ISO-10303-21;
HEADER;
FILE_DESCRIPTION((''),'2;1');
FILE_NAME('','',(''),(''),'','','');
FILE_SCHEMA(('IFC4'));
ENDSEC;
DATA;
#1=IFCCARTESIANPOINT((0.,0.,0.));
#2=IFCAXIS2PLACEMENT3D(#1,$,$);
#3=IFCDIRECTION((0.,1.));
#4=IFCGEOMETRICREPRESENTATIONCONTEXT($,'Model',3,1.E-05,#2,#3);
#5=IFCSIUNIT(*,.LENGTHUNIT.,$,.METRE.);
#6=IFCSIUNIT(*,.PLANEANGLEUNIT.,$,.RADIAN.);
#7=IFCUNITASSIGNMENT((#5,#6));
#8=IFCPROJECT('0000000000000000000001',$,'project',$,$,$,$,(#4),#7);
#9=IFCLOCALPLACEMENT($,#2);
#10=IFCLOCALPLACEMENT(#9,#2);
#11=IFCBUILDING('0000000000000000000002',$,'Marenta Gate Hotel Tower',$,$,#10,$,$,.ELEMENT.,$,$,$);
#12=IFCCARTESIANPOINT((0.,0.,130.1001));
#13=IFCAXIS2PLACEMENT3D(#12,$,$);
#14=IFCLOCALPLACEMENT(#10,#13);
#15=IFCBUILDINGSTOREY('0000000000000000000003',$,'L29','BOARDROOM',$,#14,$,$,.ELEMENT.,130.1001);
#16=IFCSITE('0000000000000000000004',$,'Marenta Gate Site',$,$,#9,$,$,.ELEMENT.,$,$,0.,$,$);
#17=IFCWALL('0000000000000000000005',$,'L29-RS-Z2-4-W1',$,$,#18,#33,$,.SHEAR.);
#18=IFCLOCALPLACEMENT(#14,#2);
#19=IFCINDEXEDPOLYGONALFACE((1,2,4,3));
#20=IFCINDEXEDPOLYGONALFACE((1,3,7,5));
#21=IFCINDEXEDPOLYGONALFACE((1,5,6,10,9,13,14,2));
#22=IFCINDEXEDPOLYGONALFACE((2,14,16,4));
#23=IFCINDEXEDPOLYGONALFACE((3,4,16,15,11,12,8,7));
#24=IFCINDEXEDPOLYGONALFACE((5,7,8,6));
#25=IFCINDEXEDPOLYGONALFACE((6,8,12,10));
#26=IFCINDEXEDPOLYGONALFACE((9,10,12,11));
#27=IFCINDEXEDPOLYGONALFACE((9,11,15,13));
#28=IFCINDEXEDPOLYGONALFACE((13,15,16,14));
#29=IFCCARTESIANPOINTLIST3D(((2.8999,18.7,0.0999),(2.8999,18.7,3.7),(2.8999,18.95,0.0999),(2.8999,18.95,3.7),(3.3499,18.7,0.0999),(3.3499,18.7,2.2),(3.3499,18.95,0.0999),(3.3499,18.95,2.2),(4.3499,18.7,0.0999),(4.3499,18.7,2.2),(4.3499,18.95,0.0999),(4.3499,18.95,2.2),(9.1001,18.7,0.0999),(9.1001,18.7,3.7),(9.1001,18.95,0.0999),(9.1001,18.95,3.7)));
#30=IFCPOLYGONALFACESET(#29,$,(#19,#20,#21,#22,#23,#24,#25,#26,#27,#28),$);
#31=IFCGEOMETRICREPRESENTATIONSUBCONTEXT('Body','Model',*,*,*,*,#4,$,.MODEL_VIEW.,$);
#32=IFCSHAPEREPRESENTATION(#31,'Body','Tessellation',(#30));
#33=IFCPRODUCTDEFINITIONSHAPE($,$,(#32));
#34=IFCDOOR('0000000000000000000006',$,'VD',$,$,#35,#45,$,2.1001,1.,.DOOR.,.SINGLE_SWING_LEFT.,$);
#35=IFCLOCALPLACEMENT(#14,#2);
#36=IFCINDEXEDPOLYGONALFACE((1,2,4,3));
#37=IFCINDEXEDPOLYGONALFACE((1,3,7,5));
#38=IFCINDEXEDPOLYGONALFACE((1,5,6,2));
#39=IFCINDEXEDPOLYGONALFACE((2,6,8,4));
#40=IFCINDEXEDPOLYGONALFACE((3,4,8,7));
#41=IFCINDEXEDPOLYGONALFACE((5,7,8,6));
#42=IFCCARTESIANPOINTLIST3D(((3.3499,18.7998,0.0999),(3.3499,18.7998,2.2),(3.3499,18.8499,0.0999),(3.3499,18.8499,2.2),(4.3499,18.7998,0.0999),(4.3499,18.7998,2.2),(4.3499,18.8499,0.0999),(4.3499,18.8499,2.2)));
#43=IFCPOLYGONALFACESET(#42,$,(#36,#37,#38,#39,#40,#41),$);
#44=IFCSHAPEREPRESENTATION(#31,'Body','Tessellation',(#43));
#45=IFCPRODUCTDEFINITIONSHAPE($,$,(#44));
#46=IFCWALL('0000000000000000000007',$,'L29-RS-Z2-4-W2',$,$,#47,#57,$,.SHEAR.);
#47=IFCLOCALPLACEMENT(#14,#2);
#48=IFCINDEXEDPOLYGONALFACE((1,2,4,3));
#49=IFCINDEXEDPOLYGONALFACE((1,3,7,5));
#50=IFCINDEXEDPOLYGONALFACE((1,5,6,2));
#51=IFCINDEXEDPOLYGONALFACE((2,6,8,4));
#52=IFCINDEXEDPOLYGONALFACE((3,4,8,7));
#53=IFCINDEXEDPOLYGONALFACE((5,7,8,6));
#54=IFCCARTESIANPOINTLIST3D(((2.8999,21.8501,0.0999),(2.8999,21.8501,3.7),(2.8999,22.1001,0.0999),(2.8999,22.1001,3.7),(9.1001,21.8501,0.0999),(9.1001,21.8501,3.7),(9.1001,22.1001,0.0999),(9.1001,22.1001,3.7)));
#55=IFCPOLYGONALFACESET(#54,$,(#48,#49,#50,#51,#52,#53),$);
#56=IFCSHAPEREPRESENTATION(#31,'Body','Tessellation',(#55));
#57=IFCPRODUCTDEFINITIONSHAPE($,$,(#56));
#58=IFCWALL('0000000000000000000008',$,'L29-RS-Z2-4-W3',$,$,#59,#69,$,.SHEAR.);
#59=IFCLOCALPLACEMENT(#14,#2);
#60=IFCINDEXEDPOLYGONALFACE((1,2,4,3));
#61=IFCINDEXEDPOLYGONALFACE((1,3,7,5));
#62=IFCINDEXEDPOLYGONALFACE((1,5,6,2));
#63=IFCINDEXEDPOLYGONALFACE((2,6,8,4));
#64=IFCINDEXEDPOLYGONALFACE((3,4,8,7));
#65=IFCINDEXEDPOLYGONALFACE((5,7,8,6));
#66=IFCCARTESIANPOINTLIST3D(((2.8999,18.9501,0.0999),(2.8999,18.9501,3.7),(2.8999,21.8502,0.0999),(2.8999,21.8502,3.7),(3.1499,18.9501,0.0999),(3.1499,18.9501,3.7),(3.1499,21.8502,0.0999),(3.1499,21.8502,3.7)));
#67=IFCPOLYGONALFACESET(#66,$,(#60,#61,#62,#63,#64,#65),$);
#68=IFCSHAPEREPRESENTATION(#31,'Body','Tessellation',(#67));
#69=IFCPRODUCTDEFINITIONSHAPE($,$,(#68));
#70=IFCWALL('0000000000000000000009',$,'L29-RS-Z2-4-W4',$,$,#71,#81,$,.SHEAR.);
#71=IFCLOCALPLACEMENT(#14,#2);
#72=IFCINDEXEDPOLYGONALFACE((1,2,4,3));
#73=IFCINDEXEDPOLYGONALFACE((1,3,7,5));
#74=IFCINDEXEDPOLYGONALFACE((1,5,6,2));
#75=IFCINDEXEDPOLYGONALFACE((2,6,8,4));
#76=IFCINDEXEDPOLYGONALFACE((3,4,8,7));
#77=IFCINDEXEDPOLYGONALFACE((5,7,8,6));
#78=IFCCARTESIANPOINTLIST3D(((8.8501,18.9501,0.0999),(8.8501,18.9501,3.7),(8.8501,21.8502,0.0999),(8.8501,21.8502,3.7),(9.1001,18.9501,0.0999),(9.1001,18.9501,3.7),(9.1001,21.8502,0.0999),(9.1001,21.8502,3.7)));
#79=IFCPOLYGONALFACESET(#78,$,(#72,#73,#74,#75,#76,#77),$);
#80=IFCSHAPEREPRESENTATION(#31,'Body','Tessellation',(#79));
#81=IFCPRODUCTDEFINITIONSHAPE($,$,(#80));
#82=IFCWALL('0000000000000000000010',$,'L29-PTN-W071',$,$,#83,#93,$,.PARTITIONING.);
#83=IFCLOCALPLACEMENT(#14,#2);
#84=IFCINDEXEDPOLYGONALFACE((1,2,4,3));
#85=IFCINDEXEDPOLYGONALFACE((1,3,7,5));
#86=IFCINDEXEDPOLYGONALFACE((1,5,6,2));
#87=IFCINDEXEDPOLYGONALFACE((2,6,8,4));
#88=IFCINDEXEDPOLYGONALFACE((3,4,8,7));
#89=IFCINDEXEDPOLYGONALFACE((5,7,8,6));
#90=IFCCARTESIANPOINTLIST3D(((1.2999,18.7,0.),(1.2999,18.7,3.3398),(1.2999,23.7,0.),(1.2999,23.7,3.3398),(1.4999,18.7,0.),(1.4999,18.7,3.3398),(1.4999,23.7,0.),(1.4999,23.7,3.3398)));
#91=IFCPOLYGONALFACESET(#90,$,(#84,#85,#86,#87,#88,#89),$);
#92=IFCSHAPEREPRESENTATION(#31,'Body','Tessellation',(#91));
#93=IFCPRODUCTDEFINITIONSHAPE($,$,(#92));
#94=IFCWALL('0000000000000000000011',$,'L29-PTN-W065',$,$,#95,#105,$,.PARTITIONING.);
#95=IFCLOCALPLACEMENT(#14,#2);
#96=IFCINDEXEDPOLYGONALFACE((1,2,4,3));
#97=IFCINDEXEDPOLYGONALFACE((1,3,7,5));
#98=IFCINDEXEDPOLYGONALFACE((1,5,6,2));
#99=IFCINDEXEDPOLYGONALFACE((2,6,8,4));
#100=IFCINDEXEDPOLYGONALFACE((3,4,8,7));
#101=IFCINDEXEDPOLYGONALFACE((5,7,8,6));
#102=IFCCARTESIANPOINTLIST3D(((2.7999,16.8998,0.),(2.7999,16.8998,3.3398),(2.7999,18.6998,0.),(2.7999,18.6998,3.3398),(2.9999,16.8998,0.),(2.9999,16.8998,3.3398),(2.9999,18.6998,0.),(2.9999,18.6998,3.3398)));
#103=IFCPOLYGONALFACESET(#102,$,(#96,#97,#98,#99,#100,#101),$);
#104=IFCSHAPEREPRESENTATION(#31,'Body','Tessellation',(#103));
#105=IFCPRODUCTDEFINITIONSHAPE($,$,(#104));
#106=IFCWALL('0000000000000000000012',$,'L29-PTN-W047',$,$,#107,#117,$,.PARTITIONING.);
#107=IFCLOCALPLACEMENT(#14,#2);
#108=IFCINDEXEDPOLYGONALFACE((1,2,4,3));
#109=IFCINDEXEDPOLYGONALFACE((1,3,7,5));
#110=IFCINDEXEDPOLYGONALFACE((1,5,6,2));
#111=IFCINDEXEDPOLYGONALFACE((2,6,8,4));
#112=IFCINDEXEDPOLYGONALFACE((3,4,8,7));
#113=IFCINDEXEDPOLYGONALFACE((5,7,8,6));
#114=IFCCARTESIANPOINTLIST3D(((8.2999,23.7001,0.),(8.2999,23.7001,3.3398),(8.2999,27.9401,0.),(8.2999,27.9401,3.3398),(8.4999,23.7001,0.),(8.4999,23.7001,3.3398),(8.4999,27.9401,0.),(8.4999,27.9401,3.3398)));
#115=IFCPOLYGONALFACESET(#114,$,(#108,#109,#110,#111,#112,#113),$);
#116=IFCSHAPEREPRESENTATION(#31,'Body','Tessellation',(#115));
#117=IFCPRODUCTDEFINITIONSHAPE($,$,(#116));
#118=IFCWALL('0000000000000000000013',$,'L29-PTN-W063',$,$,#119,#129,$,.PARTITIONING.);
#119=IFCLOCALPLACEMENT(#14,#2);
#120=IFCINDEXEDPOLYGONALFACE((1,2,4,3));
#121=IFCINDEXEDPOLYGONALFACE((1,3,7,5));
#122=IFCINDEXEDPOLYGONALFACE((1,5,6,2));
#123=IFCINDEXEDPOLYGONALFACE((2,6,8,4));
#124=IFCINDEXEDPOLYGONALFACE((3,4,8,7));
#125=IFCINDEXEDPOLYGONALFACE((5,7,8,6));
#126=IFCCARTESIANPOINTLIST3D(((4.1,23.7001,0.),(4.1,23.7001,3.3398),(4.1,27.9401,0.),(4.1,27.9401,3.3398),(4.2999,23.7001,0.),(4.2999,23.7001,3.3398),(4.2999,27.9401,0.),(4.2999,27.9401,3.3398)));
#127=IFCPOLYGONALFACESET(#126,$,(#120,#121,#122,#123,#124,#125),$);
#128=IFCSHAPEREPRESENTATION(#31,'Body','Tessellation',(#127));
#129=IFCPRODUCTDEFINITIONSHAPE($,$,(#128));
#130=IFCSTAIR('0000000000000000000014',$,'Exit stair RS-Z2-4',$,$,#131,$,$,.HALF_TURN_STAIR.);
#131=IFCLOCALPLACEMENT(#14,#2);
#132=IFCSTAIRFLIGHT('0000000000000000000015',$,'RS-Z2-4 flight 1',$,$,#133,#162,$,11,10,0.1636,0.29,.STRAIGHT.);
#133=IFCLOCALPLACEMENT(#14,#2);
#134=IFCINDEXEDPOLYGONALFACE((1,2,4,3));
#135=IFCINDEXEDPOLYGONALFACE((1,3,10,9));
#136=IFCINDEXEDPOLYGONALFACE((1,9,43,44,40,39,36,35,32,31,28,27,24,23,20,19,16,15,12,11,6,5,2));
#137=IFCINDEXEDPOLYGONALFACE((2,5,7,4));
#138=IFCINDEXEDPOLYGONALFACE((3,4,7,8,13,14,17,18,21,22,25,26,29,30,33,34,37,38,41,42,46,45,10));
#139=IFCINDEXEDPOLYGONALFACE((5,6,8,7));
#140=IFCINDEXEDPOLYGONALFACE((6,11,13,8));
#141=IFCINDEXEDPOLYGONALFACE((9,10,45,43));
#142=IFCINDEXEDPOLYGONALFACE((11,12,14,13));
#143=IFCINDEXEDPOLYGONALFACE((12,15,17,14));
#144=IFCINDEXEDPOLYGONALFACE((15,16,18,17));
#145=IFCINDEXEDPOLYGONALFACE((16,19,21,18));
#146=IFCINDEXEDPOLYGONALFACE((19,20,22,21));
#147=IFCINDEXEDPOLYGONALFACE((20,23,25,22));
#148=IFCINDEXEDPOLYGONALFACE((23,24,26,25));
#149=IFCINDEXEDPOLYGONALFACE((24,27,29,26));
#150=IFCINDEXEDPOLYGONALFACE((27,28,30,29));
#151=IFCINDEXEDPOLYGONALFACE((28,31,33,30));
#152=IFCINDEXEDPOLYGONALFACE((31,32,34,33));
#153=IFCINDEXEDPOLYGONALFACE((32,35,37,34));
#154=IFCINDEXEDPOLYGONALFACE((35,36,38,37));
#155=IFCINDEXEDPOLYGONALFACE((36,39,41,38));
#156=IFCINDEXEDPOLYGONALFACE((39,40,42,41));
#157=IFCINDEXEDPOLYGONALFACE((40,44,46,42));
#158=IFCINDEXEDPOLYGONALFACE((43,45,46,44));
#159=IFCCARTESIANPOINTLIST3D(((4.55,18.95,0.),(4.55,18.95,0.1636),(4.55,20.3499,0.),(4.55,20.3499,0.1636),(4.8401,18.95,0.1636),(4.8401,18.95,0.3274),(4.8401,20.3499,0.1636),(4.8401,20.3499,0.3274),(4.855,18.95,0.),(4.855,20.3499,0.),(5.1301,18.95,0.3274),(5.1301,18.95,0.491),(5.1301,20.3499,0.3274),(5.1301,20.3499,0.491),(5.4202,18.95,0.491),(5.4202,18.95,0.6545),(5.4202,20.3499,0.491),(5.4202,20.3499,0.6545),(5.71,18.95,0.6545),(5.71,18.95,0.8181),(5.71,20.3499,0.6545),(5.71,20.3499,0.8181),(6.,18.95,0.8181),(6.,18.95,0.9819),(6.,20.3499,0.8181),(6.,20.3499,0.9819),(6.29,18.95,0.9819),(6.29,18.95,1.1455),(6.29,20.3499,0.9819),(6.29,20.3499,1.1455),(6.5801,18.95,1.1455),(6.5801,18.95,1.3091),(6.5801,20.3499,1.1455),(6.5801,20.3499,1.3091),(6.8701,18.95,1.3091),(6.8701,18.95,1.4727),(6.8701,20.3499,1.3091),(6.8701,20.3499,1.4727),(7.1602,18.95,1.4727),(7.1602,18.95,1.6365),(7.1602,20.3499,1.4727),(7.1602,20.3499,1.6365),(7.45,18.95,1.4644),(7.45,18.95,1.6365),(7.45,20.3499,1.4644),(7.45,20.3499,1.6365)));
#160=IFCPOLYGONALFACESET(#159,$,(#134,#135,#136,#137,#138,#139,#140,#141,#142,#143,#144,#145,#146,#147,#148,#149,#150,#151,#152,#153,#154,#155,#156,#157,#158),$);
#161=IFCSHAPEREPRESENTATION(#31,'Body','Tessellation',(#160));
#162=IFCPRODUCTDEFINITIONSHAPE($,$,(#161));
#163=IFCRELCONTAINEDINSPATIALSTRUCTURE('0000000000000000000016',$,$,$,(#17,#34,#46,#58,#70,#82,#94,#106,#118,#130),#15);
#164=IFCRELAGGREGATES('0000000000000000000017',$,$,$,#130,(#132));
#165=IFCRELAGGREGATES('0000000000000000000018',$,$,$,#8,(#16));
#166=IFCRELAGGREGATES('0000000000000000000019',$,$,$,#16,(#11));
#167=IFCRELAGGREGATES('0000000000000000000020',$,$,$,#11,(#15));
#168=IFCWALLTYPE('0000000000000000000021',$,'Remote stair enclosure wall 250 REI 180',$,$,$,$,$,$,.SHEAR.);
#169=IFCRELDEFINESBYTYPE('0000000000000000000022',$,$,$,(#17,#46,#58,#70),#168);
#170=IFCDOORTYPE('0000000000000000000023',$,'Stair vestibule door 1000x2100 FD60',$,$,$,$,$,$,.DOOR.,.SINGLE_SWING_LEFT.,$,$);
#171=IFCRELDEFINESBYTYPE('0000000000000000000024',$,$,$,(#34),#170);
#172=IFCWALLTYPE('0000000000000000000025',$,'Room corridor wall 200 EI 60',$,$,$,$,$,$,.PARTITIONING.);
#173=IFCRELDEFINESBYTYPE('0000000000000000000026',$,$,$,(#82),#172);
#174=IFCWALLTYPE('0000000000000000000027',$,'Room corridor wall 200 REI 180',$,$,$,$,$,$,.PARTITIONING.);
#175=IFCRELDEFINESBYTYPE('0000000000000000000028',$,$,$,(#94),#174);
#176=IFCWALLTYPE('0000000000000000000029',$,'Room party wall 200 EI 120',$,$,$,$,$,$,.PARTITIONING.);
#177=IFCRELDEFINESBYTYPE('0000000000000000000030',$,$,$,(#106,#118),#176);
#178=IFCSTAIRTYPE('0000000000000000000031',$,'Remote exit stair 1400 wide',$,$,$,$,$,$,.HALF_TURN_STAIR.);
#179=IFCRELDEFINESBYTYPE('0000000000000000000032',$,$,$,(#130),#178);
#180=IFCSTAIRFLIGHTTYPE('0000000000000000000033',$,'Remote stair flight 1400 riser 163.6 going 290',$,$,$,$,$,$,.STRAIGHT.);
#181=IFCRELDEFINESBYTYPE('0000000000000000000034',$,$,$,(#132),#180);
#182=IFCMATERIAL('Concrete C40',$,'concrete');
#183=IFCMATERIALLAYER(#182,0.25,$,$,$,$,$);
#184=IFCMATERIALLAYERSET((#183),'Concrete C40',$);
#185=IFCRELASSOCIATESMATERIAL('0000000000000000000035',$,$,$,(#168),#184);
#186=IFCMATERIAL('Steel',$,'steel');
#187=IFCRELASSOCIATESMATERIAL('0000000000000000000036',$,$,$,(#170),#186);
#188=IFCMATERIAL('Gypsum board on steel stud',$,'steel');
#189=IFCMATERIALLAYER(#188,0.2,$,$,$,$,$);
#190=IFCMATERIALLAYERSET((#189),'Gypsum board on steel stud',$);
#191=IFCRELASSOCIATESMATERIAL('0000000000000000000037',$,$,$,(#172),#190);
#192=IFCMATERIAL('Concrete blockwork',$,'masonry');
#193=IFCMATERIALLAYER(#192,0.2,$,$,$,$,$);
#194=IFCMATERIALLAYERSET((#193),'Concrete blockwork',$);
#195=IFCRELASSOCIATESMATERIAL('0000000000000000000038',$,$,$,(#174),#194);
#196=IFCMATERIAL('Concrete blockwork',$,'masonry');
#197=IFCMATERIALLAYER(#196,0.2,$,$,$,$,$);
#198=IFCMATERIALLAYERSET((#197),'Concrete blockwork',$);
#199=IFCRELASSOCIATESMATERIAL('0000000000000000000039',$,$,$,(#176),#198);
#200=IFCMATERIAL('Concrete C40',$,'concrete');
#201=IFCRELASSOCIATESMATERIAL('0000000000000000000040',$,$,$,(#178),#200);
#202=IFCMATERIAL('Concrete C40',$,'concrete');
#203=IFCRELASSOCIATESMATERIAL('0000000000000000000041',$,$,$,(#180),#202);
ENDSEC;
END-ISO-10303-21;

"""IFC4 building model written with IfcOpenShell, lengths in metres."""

from ifc_helpers import new_model, si_unit, direction, frame, frame_2d, origin, place, context, subcontext, project, spatial, polyline, rectangle, outline, extrude, material, layer, layer_set, type_object, element, fill, aggregate, save


model = new_model("IFC4")

# Units and contexts
model_context = context("Model", 3, precision=1e-05, world=origin(), true_north=direction((0.0, 1.0)))
body_context = subcontext(model_context, "Body", "Model", "MODEL_VIEW")
ifc_project = project(units=[si_unit("LENGTHUNIT", "METRE"), si_unit("PLANEANGLEUNIT", "RADIAN")], contexts=[model_context])

# Site, building, storey
site_placement = place(None, origin())
site = spatial("IfcSite", under=ifc_project, at=site_placement, Name="Marenta Gate Site", CompositionType="ELEMENT", RefElevation=0.0)
building_placement = place(site_placement, origin())
building = spatial("IfcBuilding", under=site, at=building_placement, Name="Marenta Gate Hotel Tower", CompositionType="ELEMENT")
storey_placement = place(building_placement, frame((0.0, 0.0, 130.1001)))
storey = spatial("IfcBuildingStorey", under=building, at=storey_placement, Name="L29", Description="BOARDROOM", CompositionType="ELEMENT", Elevation=130.1001)

# Wall, opening, door
ifc_material_1 = material(Name="Concrete C40", Category="concrete")
ifc_layer_1 = layer(ifc_material_1, 0.25)
ifc_layer_set_1 = layer_set([ifc_layer_1], Name="Concrete C40")
wall_type_1 = type_object("IfcWallType", Name="Remote stair enclosure wall 250 REI 180", PredefinedType="SHEAR", material=ifc_layer_set_1)
wall_1_placement = place(storey_placement, frame((2.8999, 18.825, 0.0999), z_axis=(0.0, 0.0, 1.0), x_axis=(1.0, 0.0, 0.0)))
wall_1 = element("IfcWall", 1, at=wall_1_placement, inside=storey, type_object=wall_type_1, Name="L29-RS-Z2-4-W1", PredefinedType="SHEAR", context=body_context, shape_type="SweptSolid", body=[
    extrude(rectangle(XDim=6.2002, YDim=0.25, at=frame_2d((3.1001, 0.0))), origin(), (0.0, 0.0, 1.0), 3.6001),
])
opening_1_placement = place(wall_1_placement, frame((0.45, 0.0, 0.0)))
opening_1 = element("IfcOpeningElement", 2, at=opening_1_placement, cuts=wall_1, PredefinedType="OPENING", context=body_context, shape_type="SweptSolid", body=[
    extrude(rectangle(XDim=1.0, YDim=2.1001, at=frame_2d((0.5, 1.05))), frame((0.0, 0.125, 0.0), z_axis=(0.0, -1.0, 0.0), x_axis=(1.0, 0.0, 0.0)), (0.0, 0.0, 1.0), 0.25),
])
ifc_material_2 = material(Name="Steel", Category="steel")
door_type_1 = type_object("IfcDoorType", Name="Stair vestibule door 1000x2100 FD60", OperationType="SINGLE_SWING_LEFT", PredefinedType="DOOR", material=ifc_material_2)
door_1_placement = place(opening_1_placement, origin())
door_1 = element("IfcDoor", 3, at=door_1_placement, inside=storey, type_object=door_type_1, Name="VD", OperationType="SINGLE_SWING_LEFT", OverallHeight=2.1001, OverallWidth=1.0, PredefinedType="DOOR", context=body_context, shape_type="SweptSolid", body=[
    extrude(rectangle(XDim=1.0, YDim=2.1001, at=frame_2d((0.5, 1.05))), frame((0.0, 0.0249, 0.0), z_axis=(0.0, -1.0, 0.0), x_axis=(1.0, 0.0, 0.0)), (0.0, 0.0, 1.0), 0.05),
])
fill(opening_1, door_1)

# Walls
wall_2_placement = place(storey_placement, frame((2.8999, 21.9751, 0.0999), z_axis=(0.0, 0.0, 1.0), x_axis=(1.0, 0.0, 0.0)))
element("IfcWall", 4, at=wall_2_placement, inside=storey, type_object=wall_type_1, Name="L29-RS-Z2-4-W2", PredefinedType="SHEAR", context=body_context, shape_type="SweptSolid", body=[
    extrude(rectangle(XDim=6.2002, YDim=0.25, at=frame_2d((3.1001, 0.0))), origin(), (0.0, 0.0, 1.0), 3.6001),
])
for number, where, z_axis, x_axis, name in (
    (5, (3.0249, 18.95, 0.0999), (0.0, 0.0, 1.0), (0.0, 1.0, 0.0), "L29-RS-Z2-4-W3"),
    (6, (8.9751, 18.95, 0.0999), (0.0, 0.0, 1.0), (0.0, 1.0, 0.0), "L29-RS-Z2-4-W4"),
):
    element("IfcWall", number, at=place(storey_placement, frame(where, z_axis=z_axis, x_axis=x_axis)), inside=storey, type_object=wall_type_1, Name=name, PredefinedType="SHEAR", context=body_context, shape_type="SweptSolid", body=[
        extrude(rectangle(XDim=2.9001, YDim=0.25, at=frame_2d((1.4502, 0.0))), origin(), (0.0, 0.0, 1.0), 3.6001),
    ])

# Shared definitions
ifc_material_3 = material(Name="Gypsum board on steel stud", Category="steel")
ifc_layer_2 = layer(ifc_material_3, 0.2)
ifc_layer_set_2 = layer_set([ifc_layer_2], Name="Gypsum board on steel stud")
wall_type_2 = type_object("IfcWallType", Name="Room corridor wall 200 EI 60", PredefinedType="PARTITIONING", material=ifc_layer_set_2)

# Wall
wall_3_placement = place(storey_placement, frame((1.3999, 18.7, 0.0), z_axis=(0.0, 0.0, 1.0), x_axis=(0.0, 1.0, 0.0)))
element("IfcWall", 7, at=wall_3_placement, inside=storey, type_object=wall_type_2, Name="L29-PTN-W071", PredefinedType="PARTITIONING", context=body_context, shape_type="SweptSolid", body=[
    extrude(rectangle(XDim=5.0, YDim=0.2, at=frame_2d((2.5, 0.0))), origin(), (0.0, 0.0, 1.0), 3.3398),
])

# Shared definitions
ifc_material_4 = material(Name="Concrete blockwork", Category="masonry")
ifc_layer_3 = layer(ifc_material_4, 0.2)
ifc_layer_set_3 = layer_set([ifc_layer_3], Name="Concrete blockwork")
wall_type_3 = type_object("IfcWallType", Name="Room corridor wall 200 REI 180", PredefinedType="PARTITIONING", material=ifc_layer_set_3)

# Walls
wall_4_placement = place(storey_placement, frame((2.8999, 16.8999, 0.0), z_axis=(0.0, 0.0, 1.0), x_axis=(0.0, 1.0, 0.0)))
element("IfcWall", 8, at=wall_4_placement, inside=storey, type_object=wall_type_3, Name="L29-PTN-W065", PredefinedType="PARTITIONING", context=body_context, shape_type="SweptSolid", body=[
    extrude(rectangle(XDim=1.8, YDim=0.2, at=frame_2d((0.8999, 0.0))), origin(), (0.0, 0.0, 1.0), 3.3398),
])
ifc_material_5 = material(Name="Concrete blockwork", Category="masonry")
ifc_layer_4 = layer(ifc_material_5, 0.2)
ifc_layer_set_4 = layer_set([ifc_layer_4], Name="Concrete blockwork")
wall_type_4 = type_object("IfcWallType", Name="Room party wall 200 EI 120", PredefinedType="PARTITIONING", material=ifc_layer_set_4)
for number, where, z_axis, x_axis, name in (
    (9, (8.3999, 23.7, 0.0), (0.0, 0.0, 1.0), (0.0, 1.0, 0.0), "L29-PTN-W047"),
    (10, (4.2, 23.7, 0.0), (0.0, 0.0, 1.0), (0.0, 1.0, 0.0), "L29-PTN-W063"),
):
    element("IfcWall", number, at=place(storey_placement, frame(where, z_axis=z_axis, x_axis=x_axis)), inside=storey, type_object=wall_type_4, Name=name, PredefinedType="PARTITIONING", context=body_context, shape_type="SweptSolid", body=[
        extrude(rectangle(XDim=4.24, YDim=0.2, at=frame_2d((2.1201, 0.0))), origin(), (0.0, 0.0, 1.0), 3.3398),
    ])

# Stair, stair flight
ifc_material_6 = material(Name="Concrete C40", Category="concrete")
stair_type = type_object("IfcStairType", Name="Remote exit stair 1400 wide", PredefinedType="HALF_TURN_STAIR", material=ifc_material_6)
stair_placement = place(storey_placement, origin())
stair = element("IfcStair", 11, at=stair_placement, inside=storey, type_object=stair_type, Name="Exit stair RS-Z2-4", PredefinedType="HALF_TURN_STAIR")
ifc_material_7 = material(Name="Concrete C40", Category="concrete")
stair_flight_type = type_object("IfcStairFlightType", Name="Remote stair flight 1400 riser 163.6 going 290", PredefinedType="STRAIGHT", material=ifc_material_7)
stair_flight_1_placement = place(storey_placement, frame((4.55, 19.6499, 0.0), z_axis=(0.0, 0.0, 1.0), x_axis=(1.0, 0.0, 0.0)))
stair_flight_1 = element("IfcStairFlight", 12, at=stair_flight_1_placement, type_object=stair_flight_type, Name="RS-Z2-4 flight 1", NumberOfRisers=11, NumberOfTreads=10, PredefinedType="STRAIGHT", RiserHeight=0.1636, TreadLength=0.29, context=body_context, shape_type="SweptSolid", body=[
    extrude(outline(polyline([(0.0, 0.0), (0.0, 0.1636), (0.29, 0.1636), (0.29, 0.3274), (0.5801, 0.3274), (0.5801, 0.491), (0.8701, 0.491), (0.8701, 0.6545), (1.1599, 0.6545), (1.1599, 0.8181), (1.45, 0.8181), (1.45, 0.9819), (1.74, 0.9819), (1.74, 1.1455), (2.03, 1.1455), (2.03, 1.3091), (2.3201, 1.3091), (2.3201, 1.4727), (2.6101, 1.4727), (2.6101, 1.6365), (2.8999, 1.6365), (2.8999, 1.8), (2.8999, 1.4644), (0.3049, 0.0), (0.0, 0.0)])), frame((0.0, 0.7, 0.0), z_axis=(0.0, -1.0, 0.0), x_axis=(1.0, 0.0, 0.0)), (0.0, 0.0, 1.0), 1.3999),
])
aggregate(stair, [stair_flight_1])

save(model, "model.ifc")
